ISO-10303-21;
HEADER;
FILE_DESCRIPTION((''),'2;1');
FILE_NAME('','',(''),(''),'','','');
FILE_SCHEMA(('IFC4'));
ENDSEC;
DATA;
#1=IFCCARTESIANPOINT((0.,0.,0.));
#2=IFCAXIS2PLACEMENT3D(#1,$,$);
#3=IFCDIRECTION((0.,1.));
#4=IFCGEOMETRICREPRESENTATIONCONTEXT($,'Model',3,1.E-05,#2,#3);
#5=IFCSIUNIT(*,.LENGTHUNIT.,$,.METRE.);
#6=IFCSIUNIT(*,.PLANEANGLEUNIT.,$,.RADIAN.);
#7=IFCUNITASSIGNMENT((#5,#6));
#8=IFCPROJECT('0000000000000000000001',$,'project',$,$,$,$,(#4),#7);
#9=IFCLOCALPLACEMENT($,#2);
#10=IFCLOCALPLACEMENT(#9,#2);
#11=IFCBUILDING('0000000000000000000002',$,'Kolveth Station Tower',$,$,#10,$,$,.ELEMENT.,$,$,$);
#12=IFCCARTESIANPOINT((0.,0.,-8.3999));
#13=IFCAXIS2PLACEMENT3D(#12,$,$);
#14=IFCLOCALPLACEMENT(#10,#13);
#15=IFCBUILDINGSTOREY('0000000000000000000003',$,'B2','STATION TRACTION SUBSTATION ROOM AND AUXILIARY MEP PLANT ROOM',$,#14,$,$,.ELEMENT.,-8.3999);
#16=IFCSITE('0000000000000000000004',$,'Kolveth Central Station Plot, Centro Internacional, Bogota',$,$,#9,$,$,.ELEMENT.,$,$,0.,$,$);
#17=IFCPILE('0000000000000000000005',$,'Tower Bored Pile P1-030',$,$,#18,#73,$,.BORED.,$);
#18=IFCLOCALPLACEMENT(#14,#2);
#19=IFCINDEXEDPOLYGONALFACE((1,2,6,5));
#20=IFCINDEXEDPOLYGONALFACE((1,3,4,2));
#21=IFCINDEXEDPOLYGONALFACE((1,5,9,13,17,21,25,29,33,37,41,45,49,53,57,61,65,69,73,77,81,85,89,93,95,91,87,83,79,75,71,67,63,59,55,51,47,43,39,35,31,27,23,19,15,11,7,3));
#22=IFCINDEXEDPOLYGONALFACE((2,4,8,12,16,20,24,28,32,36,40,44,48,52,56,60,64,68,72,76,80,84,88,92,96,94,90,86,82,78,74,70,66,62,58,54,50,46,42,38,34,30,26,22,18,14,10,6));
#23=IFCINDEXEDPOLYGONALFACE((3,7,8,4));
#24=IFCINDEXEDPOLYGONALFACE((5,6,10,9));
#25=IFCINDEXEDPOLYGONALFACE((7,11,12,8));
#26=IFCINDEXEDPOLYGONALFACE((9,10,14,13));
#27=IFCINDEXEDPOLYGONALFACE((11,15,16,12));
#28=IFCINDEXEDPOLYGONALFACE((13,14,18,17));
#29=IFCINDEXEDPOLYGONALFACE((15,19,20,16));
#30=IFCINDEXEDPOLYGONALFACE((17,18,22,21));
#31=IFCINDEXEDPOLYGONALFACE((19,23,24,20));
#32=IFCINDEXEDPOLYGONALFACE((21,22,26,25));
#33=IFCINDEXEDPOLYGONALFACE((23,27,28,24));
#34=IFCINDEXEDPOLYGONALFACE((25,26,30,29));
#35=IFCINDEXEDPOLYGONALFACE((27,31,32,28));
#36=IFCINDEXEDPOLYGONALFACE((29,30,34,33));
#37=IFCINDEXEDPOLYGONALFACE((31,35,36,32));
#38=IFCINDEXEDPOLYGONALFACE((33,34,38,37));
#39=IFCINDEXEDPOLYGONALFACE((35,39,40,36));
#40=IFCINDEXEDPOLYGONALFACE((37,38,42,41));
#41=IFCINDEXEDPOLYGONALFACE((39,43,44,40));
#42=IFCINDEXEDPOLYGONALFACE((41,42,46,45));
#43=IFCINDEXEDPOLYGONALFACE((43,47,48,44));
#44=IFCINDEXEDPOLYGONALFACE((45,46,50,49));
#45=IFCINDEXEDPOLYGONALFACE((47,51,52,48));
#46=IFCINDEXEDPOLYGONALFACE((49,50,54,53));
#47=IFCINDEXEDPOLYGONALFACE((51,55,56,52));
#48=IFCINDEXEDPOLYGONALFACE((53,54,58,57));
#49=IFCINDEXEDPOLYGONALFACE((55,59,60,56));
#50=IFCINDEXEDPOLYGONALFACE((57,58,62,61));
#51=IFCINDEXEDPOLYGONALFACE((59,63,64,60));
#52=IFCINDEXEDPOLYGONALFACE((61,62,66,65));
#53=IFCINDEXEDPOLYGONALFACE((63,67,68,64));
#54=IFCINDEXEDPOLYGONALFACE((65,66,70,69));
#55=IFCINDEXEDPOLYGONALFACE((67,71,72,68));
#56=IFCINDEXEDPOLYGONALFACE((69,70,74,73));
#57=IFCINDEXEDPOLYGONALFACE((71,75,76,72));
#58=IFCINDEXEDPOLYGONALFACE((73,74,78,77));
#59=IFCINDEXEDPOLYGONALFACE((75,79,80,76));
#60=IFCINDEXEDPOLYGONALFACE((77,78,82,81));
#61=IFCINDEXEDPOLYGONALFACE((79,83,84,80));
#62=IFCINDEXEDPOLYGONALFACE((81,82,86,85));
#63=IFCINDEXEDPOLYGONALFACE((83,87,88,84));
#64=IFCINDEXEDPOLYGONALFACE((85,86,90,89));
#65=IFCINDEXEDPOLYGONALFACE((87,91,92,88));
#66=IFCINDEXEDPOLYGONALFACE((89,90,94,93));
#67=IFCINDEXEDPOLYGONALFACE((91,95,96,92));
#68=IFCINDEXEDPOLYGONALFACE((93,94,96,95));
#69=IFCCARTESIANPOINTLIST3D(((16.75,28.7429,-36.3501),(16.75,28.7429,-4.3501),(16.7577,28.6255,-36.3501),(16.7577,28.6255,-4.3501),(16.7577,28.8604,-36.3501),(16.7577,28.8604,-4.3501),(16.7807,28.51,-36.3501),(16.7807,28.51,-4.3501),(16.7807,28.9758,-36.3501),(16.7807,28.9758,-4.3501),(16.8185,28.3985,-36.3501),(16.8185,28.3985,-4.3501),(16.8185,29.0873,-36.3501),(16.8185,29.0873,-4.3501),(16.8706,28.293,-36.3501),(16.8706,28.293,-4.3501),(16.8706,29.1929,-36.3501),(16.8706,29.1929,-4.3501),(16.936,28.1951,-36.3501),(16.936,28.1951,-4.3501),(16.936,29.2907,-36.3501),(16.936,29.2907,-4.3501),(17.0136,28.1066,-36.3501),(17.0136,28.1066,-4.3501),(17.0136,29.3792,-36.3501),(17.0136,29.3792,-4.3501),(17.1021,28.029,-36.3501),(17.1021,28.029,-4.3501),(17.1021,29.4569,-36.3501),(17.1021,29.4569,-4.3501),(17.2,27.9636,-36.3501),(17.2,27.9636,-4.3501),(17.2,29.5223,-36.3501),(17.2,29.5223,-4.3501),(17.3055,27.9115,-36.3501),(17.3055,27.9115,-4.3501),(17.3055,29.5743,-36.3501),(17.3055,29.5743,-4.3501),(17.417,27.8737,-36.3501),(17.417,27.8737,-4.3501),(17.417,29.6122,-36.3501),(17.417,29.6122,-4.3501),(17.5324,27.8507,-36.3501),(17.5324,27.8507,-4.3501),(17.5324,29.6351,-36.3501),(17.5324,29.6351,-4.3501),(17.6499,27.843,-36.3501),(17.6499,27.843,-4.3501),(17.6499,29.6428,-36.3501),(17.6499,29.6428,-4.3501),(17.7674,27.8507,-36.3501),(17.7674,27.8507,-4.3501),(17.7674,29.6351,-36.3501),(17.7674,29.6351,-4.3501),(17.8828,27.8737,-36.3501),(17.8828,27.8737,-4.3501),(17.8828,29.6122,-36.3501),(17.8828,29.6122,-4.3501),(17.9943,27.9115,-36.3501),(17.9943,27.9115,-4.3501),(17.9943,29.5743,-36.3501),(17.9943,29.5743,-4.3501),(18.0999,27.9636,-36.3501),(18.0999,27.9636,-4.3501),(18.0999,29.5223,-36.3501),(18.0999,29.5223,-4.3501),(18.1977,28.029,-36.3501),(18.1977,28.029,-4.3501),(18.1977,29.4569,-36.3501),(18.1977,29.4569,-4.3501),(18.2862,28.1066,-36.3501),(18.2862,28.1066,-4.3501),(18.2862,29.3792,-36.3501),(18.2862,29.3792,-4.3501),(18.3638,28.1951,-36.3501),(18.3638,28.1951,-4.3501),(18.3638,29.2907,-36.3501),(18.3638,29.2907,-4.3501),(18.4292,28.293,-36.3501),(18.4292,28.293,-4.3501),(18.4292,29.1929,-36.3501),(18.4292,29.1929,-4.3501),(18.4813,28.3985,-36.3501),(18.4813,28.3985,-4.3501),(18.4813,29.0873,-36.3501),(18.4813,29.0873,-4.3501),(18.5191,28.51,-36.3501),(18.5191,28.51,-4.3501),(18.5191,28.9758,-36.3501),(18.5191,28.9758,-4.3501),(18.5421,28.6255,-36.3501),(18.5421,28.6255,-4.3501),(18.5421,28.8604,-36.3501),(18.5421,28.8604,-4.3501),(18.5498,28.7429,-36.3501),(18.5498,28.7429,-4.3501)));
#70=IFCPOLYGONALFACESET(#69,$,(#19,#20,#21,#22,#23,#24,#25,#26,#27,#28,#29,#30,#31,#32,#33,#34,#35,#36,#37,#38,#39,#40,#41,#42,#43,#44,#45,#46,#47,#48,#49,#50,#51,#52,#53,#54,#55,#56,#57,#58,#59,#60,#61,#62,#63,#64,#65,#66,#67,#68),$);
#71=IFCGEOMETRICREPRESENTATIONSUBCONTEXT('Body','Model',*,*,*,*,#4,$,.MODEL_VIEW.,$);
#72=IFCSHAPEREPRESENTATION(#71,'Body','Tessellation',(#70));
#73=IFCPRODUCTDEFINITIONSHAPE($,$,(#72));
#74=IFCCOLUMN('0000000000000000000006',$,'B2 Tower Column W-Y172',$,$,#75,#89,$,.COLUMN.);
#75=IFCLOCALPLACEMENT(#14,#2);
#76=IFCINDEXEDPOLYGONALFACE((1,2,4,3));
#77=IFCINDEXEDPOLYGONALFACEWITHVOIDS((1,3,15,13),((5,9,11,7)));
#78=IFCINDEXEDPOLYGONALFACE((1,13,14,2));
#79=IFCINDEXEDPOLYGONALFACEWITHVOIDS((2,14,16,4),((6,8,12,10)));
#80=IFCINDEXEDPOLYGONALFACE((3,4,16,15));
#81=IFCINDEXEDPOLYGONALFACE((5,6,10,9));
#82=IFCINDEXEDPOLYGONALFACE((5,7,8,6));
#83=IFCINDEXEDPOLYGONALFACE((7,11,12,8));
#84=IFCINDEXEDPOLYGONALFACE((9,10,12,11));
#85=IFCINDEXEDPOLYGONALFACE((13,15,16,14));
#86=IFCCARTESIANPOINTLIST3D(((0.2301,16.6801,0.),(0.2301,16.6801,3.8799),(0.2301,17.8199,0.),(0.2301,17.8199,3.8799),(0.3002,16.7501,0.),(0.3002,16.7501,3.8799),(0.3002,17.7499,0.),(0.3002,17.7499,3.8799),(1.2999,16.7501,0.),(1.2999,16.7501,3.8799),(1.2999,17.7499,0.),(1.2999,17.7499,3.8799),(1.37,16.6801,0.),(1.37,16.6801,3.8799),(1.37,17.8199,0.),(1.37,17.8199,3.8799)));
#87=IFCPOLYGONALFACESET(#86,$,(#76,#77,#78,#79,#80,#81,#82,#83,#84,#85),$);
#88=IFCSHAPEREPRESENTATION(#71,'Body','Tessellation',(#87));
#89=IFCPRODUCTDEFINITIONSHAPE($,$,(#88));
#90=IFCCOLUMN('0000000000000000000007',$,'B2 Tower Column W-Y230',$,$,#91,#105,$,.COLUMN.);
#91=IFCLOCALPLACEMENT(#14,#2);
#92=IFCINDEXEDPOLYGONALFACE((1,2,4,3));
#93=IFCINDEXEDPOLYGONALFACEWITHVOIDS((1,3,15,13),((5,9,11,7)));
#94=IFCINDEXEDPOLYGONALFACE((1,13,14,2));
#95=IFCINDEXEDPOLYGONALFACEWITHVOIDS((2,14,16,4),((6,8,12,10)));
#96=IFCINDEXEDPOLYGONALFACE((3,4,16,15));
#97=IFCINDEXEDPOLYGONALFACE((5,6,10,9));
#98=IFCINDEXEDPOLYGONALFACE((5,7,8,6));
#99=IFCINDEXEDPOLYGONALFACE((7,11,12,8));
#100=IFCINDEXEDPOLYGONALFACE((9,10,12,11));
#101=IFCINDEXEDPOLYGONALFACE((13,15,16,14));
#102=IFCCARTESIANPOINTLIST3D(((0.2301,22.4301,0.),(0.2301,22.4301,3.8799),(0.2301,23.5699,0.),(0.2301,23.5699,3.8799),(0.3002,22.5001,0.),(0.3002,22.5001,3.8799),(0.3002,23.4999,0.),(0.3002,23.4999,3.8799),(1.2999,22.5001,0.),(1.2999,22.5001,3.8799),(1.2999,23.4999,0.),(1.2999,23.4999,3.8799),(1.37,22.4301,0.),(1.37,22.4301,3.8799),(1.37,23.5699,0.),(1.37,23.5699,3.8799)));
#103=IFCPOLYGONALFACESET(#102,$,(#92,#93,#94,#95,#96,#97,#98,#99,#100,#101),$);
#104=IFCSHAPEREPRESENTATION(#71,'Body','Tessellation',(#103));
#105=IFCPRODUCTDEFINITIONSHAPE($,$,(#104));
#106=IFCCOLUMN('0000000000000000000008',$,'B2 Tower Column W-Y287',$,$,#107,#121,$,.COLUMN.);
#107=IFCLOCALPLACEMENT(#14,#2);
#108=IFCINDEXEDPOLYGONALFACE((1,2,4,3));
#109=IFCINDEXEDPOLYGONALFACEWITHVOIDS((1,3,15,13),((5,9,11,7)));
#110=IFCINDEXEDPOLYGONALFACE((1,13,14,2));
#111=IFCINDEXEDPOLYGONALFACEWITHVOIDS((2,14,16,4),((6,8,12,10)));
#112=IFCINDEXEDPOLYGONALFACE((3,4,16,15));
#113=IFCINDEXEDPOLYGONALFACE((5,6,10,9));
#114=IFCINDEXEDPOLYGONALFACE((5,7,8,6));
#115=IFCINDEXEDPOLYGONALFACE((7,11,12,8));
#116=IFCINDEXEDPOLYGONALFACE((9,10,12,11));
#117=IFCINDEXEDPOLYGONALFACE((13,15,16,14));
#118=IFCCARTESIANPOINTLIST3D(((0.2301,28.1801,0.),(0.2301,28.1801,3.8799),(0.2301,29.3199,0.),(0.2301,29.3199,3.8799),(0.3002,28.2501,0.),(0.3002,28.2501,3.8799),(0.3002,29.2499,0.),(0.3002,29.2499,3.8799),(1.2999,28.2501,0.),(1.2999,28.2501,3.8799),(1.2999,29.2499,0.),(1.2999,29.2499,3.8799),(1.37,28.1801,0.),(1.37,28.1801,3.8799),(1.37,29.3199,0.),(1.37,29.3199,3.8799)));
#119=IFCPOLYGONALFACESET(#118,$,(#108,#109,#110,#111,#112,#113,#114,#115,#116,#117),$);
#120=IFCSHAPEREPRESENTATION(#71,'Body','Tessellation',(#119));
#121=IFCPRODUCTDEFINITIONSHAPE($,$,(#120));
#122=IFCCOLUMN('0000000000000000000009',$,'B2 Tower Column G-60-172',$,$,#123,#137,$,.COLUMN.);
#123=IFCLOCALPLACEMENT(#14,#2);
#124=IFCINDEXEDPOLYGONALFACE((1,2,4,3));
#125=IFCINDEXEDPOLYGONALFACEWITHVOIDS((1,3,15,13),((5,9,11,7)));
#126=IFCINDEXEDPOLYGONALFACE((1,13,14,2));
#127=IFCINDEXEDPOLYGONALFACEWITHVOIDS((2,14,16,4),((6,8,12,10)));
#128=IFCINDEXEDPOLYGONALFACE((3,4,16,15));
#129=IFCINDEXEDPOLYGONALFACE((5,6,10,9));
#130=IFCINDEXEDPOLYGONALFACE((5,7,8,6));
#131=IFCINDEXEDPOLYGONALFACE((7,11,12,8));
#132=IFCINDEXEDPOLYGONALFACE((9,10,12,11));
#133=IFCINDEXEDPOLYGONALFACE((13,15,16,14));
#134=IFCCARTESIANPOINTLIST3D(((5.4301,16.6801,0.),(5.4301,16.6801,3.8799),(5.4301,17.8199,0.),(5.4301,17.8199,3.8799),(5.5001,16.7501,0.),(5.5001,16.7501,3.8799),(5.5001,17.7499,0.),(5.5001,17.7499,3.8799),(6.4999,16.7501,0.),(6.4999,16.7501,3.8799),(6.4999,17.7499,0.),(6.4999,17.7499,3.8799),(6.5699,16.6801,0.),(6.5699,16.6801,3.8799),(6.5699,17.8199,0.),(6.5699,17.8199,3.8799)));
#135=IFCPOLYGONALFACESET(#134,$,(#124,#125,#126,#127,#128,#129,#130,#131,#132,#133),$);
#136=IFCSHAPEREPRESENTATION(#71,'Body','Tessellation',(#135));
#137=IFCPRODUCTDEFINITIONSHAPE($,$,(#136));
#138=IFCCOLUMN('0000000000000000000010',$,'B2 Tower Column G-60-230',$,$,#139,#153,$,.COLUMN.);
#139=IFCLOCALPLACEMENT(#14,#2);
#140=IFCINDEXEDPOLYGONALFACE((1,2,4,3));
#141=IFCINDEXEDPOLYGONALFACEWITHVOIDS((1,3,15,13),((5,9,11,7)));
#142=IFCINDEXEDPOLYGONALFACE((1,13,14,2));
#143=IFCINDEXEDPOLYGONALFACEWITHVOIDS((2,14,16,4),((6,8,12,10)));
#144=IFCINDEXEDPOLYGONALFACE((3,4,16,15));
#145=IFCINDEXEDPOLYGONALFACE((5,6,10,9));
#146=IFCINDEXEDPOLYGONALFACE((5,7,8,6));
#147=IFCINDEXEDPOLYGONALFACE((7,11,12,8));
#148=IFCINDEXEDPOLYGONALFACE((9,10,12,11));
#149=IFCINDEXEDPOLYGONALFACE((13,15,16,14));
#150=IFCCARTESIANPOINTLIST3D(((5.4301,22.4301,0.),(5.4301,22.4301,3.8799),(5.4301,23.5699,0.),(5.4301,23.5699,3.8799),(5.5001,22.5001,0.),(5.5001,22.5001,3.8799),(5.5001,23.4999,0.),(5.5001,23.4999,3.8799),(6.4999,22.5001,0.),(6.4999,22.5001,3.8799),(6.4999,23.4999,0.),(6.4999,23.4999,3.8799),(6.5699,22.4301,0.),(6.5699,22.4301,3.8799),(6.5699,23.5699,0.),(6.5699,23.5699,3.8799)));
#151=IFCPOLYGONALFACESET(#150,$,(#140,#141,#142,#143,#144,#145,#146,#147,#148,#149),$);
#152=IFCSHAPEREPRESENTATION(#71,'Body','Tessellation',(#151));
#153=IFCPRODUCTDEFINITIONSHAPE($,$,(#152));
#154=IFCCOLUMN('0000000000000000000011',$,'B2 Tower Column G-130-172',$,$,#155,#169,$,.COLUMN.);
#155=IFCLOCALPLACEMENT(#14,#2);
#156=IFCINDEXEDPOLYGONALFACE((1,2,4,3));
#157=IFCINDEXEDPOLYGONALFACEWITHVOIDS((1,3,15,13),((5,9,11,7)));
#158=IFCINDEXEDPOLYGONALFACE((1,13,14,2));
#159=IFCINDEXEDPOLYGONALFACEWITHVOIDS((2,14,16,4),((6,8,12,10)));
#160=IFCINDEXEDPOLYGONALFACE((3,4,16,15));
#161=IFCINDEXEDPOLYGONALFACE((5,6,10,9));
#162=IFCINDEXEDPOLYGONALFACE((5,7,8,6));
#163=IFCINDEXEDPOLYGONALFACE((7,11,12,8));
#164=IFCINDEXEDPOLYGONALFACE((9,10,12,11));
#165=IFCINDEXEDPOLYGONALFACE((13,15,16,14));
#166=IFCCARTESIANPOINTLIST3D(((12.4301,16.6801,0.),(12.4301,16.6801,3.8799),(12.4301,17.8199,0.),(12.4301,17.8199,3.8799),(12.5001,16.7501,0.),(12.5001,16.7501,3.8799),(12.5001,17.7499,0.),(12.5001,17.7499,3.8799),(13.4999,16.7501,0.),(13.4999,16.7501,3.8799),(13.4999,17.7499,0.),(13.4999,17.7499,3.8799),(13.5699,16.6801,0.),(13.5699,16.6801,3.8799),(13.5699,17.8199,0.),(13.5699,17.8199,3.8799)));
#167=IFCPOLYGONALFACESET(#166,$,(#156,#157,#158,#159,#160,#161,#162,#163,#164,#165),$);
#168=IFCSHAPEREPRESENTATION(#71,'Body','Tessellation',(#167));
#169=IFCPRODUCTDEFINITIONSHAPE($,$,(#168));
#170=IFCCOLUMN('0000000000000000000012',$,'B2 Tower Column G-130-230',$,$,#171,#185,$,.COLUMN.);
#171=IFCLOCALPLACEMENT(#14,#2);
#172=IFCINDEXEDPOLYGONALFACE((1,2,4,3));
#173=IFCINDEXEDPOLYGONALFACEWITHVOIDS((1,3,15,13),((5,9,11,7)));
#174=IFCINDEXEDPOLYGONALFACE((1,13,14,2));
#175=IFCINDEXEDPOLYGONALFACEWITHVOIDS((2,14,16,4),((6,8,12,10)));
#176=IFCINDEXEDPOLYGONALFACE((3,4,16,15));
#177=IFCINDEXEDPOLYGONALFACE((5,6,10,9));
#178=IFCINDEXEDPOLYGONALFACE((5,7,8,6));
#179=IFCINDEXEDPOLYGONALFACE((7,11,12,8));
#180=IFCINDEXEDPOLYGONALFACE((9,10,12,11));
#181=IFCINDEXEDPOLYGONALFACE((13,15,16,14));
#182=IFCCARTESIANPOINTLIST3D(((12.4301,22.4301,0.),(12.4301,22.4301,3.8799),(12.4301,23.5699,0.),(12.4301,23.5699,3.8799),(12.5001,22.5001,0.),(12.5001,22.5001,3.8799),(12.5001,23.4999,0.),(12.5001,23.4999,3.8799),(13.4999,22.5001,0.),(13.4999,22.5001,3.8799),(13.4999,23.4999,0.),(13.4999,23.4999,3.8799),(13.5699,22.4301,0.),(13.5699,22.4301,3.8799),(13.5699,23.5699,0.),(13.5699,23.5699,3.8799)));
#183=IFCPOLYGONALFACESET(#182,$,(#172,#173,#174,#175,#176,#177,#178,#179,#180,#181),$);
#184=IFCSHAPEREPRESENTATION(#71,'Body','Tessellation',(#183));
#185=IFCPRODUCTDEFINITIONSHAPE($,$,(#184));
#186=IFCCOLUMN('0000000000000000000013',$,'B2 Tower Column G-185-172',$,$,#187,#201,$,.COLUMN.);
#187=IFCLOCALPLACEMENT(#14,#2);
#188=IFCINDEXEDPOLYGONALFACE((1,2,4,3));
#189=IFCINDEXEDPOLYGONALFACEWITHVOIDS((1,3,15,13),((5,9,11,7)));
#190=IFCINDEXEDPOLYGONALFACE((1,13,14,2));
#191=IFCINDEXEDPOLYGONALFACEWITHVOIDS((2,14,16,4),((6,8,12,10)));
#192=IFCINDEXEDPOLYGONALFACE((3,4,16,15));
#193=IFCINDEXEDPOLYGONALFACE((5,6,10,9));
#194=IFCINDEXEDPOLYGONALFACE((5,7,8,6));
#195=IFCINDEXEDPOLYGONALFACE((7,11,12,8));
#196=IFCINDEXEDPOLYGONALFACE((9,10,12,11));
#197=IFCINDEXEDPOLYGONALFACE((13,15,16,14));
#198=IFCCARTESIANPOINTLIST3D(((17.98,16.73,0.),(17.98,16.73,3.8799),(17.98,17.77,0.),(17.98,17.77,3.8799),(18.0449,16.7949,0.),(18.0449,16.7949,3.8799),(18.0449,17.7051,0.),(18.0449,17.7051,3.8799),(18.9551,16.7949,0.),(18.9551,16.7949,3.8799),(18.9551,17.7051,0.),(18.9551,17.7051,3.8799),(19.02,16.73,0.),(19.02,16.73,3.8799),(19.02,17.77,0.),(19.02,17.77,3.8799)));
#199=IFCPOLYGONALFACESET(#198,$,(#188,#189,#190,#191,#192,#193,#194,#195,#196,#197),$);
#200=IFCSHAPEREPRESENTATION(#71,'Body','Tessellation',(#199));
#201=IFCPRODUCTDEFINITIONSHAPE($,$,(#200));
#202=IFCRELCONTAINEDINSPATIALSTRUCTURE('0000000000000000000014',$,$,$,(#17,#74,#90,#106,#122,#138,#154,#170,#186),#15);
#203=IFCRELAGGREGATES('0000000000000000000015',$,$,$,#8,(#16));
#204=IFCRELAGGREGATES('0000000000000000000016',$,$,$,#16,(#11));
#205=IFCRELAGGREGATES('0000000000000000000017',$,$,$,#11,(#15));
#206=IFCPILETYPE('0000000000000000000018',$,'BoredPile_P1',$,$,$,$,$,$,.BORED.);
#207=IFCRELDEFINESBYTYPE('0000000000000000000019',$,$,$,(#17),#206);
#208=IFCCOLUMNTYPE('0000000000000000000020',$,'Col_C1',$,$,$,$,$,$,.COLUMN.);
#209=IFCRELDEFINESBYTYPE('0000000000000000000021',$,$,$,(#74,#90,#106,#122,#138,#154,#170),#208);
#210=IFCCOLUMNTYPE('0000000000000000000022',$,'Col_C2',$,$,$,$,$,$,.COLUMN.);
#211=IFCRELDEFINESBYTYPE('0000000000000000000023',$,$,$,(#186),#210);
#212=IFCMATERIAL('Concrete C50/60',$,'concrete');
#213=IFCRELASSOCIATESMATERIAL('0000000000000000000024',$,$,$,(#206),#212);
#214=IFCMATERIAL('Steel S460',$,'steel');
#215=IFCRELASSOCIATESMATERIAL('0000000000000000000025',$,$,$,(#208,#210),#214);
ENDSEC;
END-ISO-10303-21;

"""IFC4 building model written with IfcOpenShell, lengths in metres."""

from ifc_helpers import new_model, si_unit, direction, frame, origin, origin_2d, place, context, subcontext, project, spatial, hollow_rectangle, circle, extrude, source, transform, mapped, material, material_profile, profile_set, type_object, element, save


model = new_model("IFC4")

# Units and contexts
model_context = context("Model", 3, precision=1e-05, world=origin(), true_north=direction((0.0, 1.0)))
body_context = subcontext(model_context, "Body", "Model", "MODEL_VIEW")
ifc_project = project(units=[si_unit("LENGTHUNIT", "METRE"), si_unit("PLANEANGLEUNIT", "RADIAN")], contexts=[model_context])

# Site, building, storey
site_placement = place(None, origin())
site = spatial("IfcSite", under=ifc_project, at=site_placement, Name="Kolveth Central Station Plot, Centro Internacional, Bogota", CompositionType="ELEMENT", RefElevation=0.0)
building_placement = place(site_placement, origin())
building = spatial("IfcBuilding", under=site, at=building_placement, Name="Kolveth Station Tower", CompositionType="ELEMENT")
storey_placement = place(building_placement, frame((0.0, 0.0, -8.3999)))
storey = spatial("IfcBuildingStorey", under=building, at=storey_placement, Name="B2", Description="STATION TRACTION SUBSTATION ROOM AND AUXILIARY MEP PLANT ROOM", CompositionType="ELEMENT", Elevation=-8.3999)

# Pile
ifc_material_1 = material(Name="Concrete C50/60", Category="concrete")
ifc_material_profile_1 = material_profile(ifc_material_1, circle(Radius=0.8999, at=origin_2d()), Name="PILE-D1800")
ifc_profile_set_1 = profile_set([ifc_material_profile_1], Name="Concrete C50/60")
pile_type_1 = type_object("IfcPileType", Name="BoredPile_P1", PredefinedType="BORED", material=ifc_profile_set_1)
shared_shape_1 = source(origin(), body_context, "Body", "SweptSolid", [
    extrude(circle(Radius=0.8999, at=origin_2d()), origin(), (0.0, 0.0, 1.0), 32.0),
])
for number, where, z_axis, x_axis, name in (
    (1, (17.6499, 28.7429, -4.3501), (0.0, 0.0, -1.0), (1.0, 0.0, 0.0), "Tower Bored Pile P1-030"),
):
    element("IfcPile", number, at=place(storey_placement, frame(where, z_axis=z_axis, x_axis=x_axis)), inside=storey, type_object=pile_type_1, Name=name, PredefinedType="BORED", context=body_context, shape_type="MappedRepresentation", body=[
        mapped(shared_shape_1, transform((0.0, 0.0, 0.0), x_axis=(1.0, 0.0, 0.0), y_axis=(0.0, 1.0, 0.0), z_axis=(0.0, 0.0, 1.0), scale=1.0)),
    ])

# Columns
ifc_material_2 = material(Name="Steel S460", Category="steel")
ifc_material_profile_2 = material_profile(ifc_material_2, hollow_rectangle(XDim=1.1399, YDim=1.1399, WallThickness=0.0701, at=origin_2d()), Name="BOX1140x1140x70")
ifc_profile_set_2 = profile_set([ifc_material_profile_2], Name="Steel S460")
column_type_1 = type_object("IfcColumnType", Name="Col_C1", PredefinedType="COLUMN", material=ifc_profile_set_2)
shared_shape_2 = source(origin(), body_context, "Body", "SweptSolid", [
    extrude(hollow_rectangle(XDim=1.1399, YDim=1.1399, WallThickness=0.0701, at=origin_2d()), origin(), (0.0, 0.0, 1.0), 3.8799),
])
for number, where, z_axis, x_axis, name in (
    (2, (0.8, 17.25, 0.0), (0.0, 0.0, 1.0), (1.0, 0.0, 0.0), "B2 Tower Column W-Y172"),
    (3, (0.8, 23.0, 0.0), (0.0, 0.0, 1.0), (1.0, 0.0, 0.0), "B2 Tower Column W-Y230"),
    (4, (0.8, 28.75, 0.0), (0.0, 0.0, 1.0), (1.0, 0.0, 0.0), "B2 Tower Column W-Y287"),
    (5, (6.0, 17.25, 0.0), (0.0, 0.0, 1.0), (1.0, 0.0, 0.0), "B2 Tower Column G-60-172"),
    (6, (6.0, 23.0, 0.0), (0.0, 0.0, 1.0), (1.0, 0.0, 0.0), "B2 Tower Column G-60-230"),
    (7, (13.0, 17.25, 0.0), (0.0, 0.0, 1.0), (1.0, 0.0, 0.0), "B2 Tower Column G-130-172"),
    (8, (13.0, 23.0, 0.0), (0.0, 0.0, 1.0), (1.0, 0.0, 0.0), "B2 Tower Column G-130-230"),
):
    element("IfcColumn", number, at=place(storey_placement, frame(where, z_axis=z_axis, x_axis=x_axis)), inside=storey, type_object=column_type_1, Name=name, PredefinedType="COLUMN", context=body_context, shape_type="MappedRepresentation", body=[
        mapped(shared_shape_2, transform((0.0, 0.0, 0.0), x_axis=(1.0, 0.0, 0.0), y_axis=(0.0, 1.0, 0.0), z_axis=(0.0, 0.0, 1.0), scale=1.0)),
    ])
ifc_material_profile_3 = material_profile(ifc_material_2, hollow_rectangle(XDim=1.04, YDim=1.04, WallThickness=0.0649, at=origin_2d()), Name="BOX1040x1040x65")
ifc_profile_set_3 = profile_set([ifc_material_profile_3], Name="Steel S460")
column_type_2 = type_object("IfcColumnType", Name="Col_C2", PredefinedType="COLUMN", material=ifc_profile_set_3)
shared_shape_3 = source(origin(), body_context, "Body", "SweptSolid", [
    extrude(hollow_rectangle(XDim=1.04, YDim=1.04, WallThickness=0.0649, at=origin_2d()), origin(), (0.0, 0.0, 1.0), 3.8799),
])
for number, where, z_axis, x_axis, name in (
    (9, (18.5, 17.25, 0.0), (0.0, 0.0, 1.0), (1.0, 0.0, 0.0), "B2 Tower Column G-185-172"),
):
    element("IfcColumn", number, at=place(storey_placement, frame(where, z_axis=z_axis, x_axis=x_axis)), inside=storey, type_object=column_type_2, Name=name, PredefinedType="COLUMN", context=body_context, shape_type="MappedRepresentation", body=[
        mapped(shared_shape_3, transform((0.0, 0.0, 0.0), x_axis=(1.0, 0.0, 0.0), y_axis=(0.0, 1.0, 0.0), z_axis=(0.0, 0.0, 1.0), scale=1.0)),
    ])

save(model, "model.ifc")
